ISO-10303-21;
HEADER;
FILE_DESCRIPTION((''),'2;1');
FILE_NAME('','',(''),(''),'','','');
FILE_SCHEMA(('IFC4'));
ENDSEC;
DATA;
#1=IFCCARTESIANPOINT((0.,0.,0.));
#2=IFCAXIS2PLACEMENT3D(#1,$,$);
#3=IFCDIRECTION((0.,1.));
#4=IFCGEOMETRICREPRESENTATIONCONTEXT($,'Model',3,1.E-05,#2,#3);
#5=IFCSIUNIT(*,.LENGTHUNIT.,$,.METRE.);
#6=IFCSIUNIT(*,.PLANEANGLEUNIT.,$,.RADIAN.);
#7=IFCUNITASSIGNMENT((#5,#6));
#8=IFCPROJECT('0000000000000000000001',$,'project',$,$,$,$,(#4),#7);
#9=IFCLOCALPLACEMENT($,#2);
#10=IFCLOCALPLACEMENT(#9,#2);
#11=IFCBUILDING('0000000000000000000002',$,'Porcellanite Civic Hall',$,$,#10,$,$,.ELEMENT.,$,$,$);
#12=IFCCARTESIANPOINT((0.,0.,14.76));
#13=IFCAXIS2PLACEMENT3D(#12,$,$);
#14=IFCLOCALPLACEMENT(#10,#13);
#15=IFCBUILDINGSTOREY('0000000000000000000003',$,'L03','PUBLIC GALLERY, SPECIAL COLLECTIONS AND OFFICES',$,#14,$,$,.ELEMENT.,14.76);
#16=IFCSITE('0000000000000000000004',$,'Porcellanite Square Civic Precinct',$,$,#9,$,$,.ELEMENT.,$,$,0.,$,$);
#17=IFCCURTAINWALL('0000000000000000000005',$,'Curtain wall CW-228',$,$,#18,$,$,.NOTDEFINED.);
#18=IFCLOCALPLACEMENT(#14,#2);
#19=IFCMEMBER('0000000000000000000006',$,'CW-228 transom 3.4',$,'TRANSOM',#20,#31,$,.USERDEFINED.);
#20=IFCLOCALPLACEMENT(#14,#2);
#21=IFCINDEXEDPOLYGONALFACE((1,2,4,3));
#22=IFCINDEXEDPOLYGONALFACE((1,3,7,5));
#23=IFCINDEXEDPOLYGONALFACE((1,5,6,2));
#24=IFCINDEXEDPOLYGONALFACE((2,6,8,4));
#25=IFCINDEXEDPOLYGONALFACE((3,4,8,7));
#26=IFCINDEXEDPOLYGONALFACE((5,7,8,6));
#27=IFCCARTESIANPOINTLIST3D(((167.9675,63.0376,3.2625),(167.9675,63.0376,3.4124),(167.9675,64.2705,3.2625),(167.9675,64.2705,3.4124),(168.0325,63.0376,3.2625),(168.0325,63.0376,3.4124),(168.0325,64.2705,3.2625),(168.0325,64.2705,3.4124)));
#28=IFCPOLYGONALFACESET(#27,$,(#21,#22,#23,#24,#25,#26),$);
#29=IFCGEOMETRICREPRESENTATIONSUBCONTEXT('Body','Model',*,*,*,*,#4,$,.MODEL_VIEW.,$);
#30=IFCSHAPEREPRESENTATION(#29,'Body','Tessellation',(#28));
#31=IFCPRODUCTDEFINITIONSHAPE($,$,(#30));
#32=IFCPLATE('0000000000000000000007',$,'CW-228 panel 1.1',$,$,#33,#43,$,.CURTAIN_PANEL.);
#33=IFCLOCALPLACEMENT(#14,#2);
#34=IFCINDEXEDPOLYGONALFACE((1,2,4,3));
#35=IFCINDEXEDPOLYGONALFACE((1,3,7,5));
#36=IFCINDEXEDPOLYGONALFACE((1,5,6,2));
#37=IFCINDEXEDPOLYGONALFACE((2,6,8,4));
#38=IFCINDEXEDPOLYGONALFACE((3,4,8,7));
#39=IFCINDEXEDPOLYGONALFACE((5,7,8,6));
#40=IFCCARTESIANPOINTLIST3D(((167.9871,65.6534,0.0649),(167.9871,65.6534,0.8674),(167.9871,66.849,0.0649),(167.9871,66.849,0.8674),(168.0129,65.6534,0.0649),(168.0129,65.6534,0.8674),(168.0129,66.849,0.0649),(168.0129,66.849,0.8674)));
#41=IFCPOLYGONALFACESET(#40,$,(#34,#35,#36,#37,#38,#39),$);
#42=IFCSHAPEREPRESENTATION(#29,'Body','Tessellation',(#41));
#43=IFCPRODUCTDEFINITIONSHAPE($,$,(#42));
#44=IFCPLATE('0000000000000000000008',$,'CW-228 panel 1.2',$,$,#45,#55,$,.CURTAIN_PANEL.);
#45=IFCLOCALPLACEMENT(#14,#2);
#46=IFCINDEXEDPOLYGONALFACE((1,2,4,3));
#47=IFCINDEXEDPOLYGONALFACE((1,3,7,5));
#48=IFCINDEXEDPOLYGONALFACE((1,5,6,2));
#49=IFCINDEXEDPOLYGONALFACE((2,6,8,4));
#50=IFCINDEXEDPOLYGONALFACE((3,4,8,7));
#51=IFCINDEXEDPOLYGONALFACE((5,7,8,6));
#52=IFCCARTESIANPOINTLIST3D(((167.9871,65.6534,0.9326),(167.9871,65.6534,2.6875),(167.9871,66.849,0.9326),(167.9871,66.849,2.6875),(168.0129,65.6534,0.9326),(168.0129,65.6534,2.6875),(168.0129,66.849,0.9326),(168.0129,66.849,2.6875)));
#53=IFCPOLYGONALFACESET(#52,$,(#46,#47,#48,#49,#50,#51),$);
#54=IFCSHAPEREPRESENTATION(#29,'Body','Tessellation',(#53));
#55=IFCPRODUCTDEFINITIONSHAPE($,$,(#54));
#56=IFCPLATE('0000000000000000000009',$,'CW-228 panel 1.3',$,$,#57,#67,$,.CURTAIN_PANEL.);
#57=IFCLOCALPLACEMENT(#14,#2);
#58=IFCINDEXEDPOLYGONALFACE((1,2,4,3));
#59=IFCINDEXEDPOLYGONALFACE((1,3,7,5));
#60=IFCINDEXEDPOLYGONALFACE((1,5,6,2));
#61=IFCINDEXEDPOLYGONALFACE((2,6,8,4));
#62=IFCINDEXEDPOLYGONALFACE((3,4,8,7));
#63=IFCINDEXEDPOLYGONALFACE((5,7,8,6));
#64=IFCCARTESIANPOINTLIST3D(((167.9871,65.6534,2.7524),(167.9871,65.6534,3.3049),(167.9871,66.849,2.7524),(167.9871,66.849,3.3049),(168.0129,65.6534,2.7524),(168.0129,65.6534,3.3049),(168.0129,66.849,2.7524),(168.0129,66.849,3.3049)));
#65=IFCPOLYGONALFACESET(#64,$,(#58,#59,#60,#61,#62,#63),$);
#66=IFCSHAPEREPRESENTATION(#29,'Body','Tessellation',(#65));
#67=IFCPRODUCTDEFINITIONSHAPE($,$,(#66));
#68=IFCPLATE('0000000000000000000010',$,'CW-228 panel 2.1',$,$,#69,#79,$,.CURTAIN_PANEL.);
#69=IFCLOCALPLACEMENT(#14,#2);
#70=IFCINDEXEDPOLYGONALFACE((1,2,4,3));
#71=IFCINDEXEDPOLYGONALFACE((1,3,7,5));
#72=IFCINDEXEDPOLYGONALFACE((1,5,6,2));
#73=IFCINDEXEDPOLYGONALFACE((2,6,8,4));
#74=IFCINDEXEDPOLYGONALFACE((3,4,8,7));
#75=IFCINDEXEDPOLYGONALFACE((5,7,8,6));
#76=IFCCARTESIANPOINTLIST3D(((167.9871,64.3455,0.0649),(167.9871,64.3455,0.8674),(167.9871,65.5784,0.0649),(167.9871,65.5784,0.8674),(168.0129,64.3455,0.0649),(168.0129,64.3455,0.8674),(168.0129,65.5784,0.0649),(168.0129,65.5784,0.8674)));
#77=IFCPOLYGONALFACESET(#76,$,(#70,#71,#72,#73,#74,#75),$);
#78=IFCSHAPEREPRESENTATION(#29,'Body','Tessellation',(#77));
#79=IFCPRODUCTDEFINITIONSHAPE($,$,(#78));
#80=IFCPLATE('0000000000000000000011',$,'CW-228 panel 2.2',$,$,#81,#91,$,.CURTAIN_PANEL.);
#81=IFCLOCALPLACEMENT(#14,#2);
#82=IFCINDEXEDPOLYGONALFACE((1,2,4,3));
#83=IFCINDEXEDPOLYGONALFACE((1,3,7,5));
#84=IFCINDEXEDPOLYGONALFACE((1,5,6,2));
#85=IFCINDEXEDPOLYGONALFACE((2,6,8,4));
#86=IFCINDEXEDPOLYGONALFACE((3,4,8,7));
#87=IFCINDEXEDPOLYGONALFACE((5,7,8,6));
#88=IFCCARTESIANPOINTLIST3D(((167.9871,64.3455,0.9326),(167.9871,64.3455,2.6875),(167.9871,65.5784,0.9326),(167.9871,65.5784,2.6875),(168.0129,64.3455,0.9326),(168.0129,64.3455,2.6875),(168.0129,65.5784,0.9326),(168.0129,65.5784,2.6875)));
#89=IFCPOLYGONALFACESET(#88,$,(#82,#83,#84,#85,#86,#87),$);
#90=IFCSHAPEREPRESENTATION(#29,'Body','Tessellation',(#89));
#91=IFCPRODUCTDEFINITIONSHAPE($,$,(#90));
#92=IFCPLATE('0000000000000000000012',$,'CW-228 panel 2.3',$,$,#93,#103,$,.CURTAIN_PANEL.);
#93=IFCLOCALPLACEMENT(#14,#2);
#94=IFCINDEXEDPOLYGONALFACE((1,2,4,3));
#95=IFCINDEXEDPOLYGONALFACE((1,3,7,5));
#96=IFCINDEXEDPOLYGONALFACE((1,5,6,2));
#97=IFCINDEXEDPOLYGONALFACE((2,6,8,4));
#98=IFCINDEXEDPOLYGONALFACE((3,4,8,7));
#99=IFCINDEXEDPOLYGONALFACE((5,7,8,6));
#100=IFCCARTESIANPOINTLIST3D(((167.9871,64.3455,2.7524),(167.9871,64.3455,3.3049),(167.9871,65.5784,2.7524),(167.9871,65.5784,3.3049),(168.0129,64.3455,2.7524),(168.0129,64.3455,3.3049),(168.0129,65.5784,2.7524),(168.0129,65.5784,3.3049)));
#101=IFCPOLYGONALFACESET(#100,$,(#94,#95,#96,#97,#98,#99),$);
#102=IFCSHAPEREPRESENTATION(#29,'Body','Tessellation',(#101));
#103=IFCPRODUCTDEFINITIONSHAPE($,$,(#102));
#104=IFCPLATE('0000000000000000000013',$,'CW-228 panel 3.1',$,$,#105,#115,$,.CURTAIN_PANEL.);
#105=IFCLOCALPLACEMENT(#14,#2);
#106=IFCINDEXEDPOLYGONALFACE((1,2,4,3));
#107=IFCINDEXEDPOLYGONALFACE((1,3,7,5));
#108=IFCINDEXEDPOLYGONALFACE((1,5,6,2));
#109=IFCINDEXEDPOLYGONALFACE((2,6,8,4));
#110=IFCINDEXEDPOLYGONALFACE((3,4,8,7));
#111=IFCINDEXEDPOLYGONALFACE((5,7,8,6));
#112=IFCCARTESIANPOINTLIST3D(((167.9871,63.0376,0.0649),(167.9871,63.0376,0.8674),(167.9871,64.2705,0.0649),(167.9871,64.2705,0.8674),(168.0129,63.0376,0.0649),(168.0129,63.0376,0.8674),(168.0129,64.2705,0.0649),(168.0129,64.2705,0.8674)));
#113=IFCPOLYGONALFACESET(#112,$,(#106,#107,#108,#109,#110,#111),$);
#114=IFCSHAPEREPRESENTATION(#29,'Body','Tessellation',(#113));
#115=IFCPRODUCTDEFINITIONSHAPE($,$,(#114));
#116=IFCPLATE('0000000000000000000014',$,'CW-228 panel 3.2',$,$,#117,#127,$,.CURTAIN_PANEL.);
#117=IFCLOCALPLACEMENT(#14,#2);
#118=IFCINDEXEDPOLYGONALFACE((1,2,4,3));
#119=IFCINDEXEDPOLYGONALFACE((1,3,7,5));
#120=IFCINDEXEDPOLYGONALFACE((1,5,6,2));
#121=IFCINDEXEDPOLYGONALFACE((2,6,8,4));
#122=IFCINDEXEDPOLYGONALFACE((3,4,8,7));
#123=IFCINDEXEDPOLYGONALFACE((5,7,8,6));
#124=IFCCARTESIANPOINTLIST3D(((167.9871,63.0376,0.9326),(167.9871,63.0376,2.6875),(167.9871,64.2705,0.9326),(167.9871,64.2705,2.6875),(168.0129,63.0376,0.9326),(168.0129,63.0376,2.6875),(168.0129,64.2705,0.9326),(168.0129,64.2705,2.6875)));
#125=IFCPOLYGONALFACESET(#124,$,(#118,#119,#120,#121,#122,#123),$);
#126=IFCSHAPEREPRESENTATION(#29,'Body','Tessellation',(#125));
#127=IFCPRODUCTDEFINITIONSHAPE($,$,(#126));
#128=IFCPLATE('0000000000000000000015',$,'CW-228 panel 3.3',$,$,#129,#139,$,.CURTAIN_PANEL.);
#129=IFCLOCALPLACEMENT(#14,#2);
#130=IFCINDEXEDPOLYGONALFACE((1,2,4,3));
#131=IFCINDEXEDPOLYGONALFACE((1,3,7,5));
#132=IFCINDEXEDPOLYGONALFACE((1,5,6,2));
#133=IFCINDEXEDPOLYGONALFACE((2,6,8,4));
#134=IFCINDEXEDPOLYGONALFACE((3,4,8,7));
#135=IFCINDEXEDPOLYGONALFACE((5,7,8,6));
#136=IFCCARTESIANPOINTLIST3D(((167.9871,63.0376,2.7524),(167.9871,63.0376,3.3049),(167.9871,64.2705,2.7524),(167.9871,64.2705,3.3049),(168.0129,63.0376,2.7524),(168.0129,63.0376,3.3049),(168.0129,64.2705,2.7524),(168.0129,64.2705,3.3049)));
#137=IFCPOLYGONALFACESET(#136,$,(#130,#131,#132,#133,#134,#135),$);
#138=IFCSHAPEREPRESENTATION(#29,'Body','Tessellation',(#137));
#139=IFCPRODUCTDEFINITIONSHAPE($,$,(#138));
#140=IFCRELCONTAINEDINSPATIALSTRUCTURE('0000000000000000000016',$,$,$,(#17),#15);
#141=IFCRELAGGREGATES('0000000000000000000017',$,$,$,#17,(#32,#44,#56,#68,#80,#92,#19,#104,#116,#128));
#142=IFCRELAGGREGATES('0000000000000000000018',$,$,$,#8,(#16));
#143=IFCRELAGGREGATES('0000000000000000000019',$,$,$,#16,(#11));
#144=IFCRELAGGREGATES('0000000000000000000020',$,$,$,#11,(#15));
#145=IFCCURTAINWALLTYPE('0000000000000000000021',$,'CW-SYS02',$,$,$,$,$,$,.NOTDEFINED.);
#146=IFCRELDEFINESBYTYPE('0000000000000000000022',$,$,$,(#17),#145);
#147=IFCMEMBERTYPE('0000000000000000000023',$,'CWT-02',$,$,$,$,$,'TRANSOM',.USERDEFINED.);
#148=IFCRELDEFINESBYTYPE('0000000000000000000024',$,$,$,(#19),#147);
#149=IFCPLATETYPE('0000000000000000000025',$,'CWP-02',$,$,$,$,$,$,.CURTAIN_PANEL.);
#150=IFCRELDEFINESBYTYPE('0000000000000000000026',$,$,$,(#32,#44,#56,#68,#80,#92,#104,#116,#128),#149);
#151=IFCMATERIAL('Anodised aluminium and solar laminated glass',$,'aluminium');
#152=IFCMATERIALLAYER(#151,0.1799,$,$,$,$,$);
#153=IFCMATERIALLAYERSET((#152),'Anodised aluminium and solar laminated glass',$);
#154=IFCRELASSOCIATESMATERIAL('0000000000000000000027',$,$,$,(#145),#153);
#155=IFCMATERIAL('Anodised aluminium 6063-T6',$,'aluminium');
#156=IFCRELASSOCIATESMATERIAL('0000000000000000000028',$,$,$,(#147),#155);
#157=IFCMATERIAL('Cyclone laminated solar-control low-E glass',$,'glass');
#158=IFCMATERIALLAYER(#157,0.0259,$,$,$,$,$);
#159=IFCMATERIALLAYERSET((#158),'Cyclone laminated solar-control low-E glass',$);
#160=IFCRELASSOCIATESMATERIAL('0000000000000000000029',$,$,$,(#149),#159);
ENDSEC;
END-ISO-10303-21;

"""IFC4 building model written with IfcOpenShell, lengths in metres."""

from ifc_helpers import new_model, si_unit, direction, frame, origin, origin_2d, place, context, subcontext, project, spatial, rectangle, extrude, material, layer, layer_set, material_profile, profile_set, type_object, element, aggregate, save


model = new_model("IFC4")

# Units and contexts
model_context = context("Model", 3, precision=1e-05, world=origin(), true_north=direction((0.0, 1.0)))
body_context = subcontext(model_context, "Body", "Model", "MODEL_VIEW")
ifc_project = project(units=[si_unit("LENGTHUNIT", "METRE"), si_unit("PLANEANGLEUNIT", "RADIAN")], contexts=[model_context])

# Site, building, storey
site_placement = place(None, origin())
site = spatial("IfcSite", under=ifc_project, at=site_placement, Name="Porcellanite Square Civic Precinct", CompositionType="ELEMENT", RefElevation=0.0)
building_placement = place(site_placement, origin())
building = spatial("IfcBuilding", under=site, at=building_placement, Name="Porcellanite Civic Hall", CompositionType="ELEMENT")
storey_placement = place(building_placement, frame((0.0, 0.0, 14.76)))
storey = spatial("IfcBuildingStorey", under=building, at=storey_placement, Name="L03", Description="PUBLIC GALLERY, SPECIAL COLLECTIONS AND OFFICES", CompositionType="ELEMENT", Elevation=14.76)

# Curtain wall, member, plates
ifc_material_1 = material(Name="Anodised aluminium and solar laminated glass", Category="aluminium")
ifc_layer_1 = layer(ifc_material_1, 0.1799)
ifc_layer_set_1 = layer_set([ifc_layer_1], Name="Anodised aluminium and solar laminated glass")
curtain_wall_type = type_object("IfcCurtainWallType", Name="CW-SYS02", PredefinedType="NOTDEFINED", material=ifc_layer_set_1)
curtain_wall_placement = place(storey_placement, origin())
curtain_wall = element("IfcCurtainWall", 1, at=curtain_wall_placement, inside=storey, type_object=curtain_wall_type, Name="Curtain wall CW-228", PredefinedType="NOTDEFINED")
ifc_material_2 = material(Name="Anodised aluminium 6063-T6", Category="aluminium")
ifc_material_profile_1 = material_profile(ifc_material_2, rectangle(XDim=0.0649, YDim=0.1499, at=origin_2d()), Name="AL-65x150")
ifc_profile_set_1 = profile_set([ifc_material_profile_1], Name="Anodised aluminium 6063-T6")
member_type_1 = type_object("IfcMemberType", Name="CWT-02", ElementType="TRANSOM", PredefinedType="USERDEFINED", material=ifc_profile_set_1)
member_1_placement = place(storey_placement, frame((168.0, 64.2705, 3.3374), z_axis=(0.0, -1.0, 0.0), x_axis=(1.0, 0.0, 0.0)))
member_1 = element("IfcMember", 2, at=member_1_placement, type_object=member_type_1, Name="CW-228 transom 3.4", ObjectType="TRANSOM", PredefinedType="USERDEFINED", context=body_context, shape_type="SweptSolid", body=[
    extrude(rectangle(XDim=0.0649, YDim=0.1499, at=origin_2d()), origin(), (0.0, 0.0, 1.0), 1.2329),
])
ifc_material_3 = material(Name="Cyclone laminated solar-control low-E glass", Category="glass")
ifc_layer_2 = layer(ifc_material_3, 0.0259)
ifc_layer_set_2 = layer_set([ifc_layer_2], Name="Cyclone laminated solar-control low-E glass")
plate_type = type_object("IfcPlateType", Name="CWP-02", PredefinedType="CURTAIN_PANEL", material=ifc_layer_set_2)
plate_1_placement = place(storey_placement, frame((168.0, 66.2512, 0.0649), z_axis=(0.0, 0.0, 1.0), x_axis=(0.0, -1.0, 0.0)))
plate_1 = element("IfcPlate", 3, at=plate_1_placement, type_object=plate_type, Name="CW-228 panel 1.1", PredefinedType="CURTAIN_PANEL", context=body_context, shape_type="SweptSolid", body=[
    extrude(rectangle(XDim=1.1956, YDim=0.0259, at=origin_2d()), origin(), (0.0, 0.0, 1.0), 0.8025),
])
plate_2_placement = place(storey_placement, frame((168.0, 66.2512, 0.9326), z_axis=(0.0, 0.0, 1.0), x_axis=(0.0, -1.0, 0.0)))
plate_2 = element("IfcPlate", 4, at=plate_2_placement, type_object=plate_type, Name="CW-228 panel 1.2", PredefinedType="CURTAIN_PANEL", context=body_context, shape_type="SweptSolid", body=[
    extrude(rectangle(XDim=1.1956, YDim=0.0259, at=origin_2d()), origin(), (0.0, 0.0, 1.0), 1.7549),
])
plate_3_placement = place(storey_placement, frame((168.0, 66.2512, 2.7524), z_axis=(0.0, 0.0, 1.0), x_axis=(0.0, -1.0, 0.0)))
plate_3 = element("IfcPlate", 5, at=plate_3_placement, type_object=plate_type, Name="CW-228 panel 1.3", PredefinedType="CURTAIN_PANEL", context=body_context, shape_type="SweptSolid", body=[
    extrude(rectangle(XDim=1.1956, YDim=0.0259, at=origin_2d()), origin(), (0.0, 0.0, 1.0), 0.5525),
])
plate_4_placement = place(storey_placement, frame((168.0, 64.9619, 0.0649), z_axis=(0.0, 0.0, 1.0), x_axis=(0.0, -1.0, 0.0)))
plate_4 = element("IfcPlate", 6, at=plate_4_placement, type_object=plate_type, Name="CW-228 panel 2.1", PredefinedType="CURTAIN_PANEL", context=body_context, shape_type="SweptSolid", body=[
    extrude(rectangle(XDim=1.2329, YDim=0.0259, at=origin_2d()), origin(), (0.0, 0.0, 1.0), 0.8025),
])
plate_5_placement = place(storey_placement, frame((168.0, 64.9619, 0.9326), z_axis=(0.0, 0.0, 1.0), x_axis=(0.0, -1.0, 0.0)))
plate_5 = element("IfcPlate", 7, at=plate_5_placement, type_object=plate_type, Name="CW-228 panel 2.2", PredefinedType="CURTAIN_PANEL", context=body_context, shape_type="SweptSolid", body=[
    extrude(rectangle(XDim=1.2329, YDim=0.0259, at=origin_2d()), origin(), (0.0, 0.0, 1.0), 1.7549),
])
plate_6_placement = place(storey_placement, frame((168.0, 64.9619, 2.7524), z_axis=(0.0, 0.0, 1.0), x_axis=(0.0, -1.0, 0.0)))
plate_6 = element("IfcPlate", 8, at=plate_6_placement, type_object=plate_type, Name="CW-228 panel 2.3", PredefinedType="CURTAIN_PANEL", context=body_context, shape_type="SweptSolid", body=[
    extrude(rectangle(XDim=1.2329, YDim=0.0259, at=origin_2d()), origin(), (0.0, 0.0, 1.0), 0.5525),
])
plate_7_placement = place(storey_placement, frame((168.0, 63.6541, 0.0649), z_axis=(0.0, 0.0, 1.0), x_axis=(0.0, -1.0, 0.0)))
plate_7 = element("IfcPlate", 9, at=plate_7_placement, type_object=plate_type, Name="CW-228 panel 3.1", PredefinedType="CURTAIN_PANEL", context=body_context, shape_type="SweptSolid", body=[
    extrude(rectangle(XDim=1.2329, YDim=0.0259, at=origin_2d()), origin(), (0.0, 0.0, 1.0), 0.8025),
])
plate_8_placement = place(storey_placement, frame((168.0, 63.6541, 0.9326), z_axis=(0.0, 0.0, 1.0), x_axis=(0.0, -1.0, 0.0)))
plate_8 = element("IfcPlate", 10, at=plate_8_placement, type_object=plate_type, Name="CW-228 panel 3.2", PredefinedType="CURTAIN_PANEL", context=body_context, shape_type="SweptSolid", body=[
    extrude(rectangle(XDim=1.2329, YDim=0.0259, at=origin_2d()), origin(), (0.0, 0.0, 1.0), 1.7549),
])
plate_9_placement = place(storey_placement, frame((168.0, 63.6541, 2.7524), z_axis=(0.0, 0.0, 1.0), x_axis=(0.0, -1.0, 0.0)))
plate_9 = element("IfcPlate", 11, at=plate_9_placement, type_object=plate_type, Name="CW-228 panel 3.3", PredefinedType="CURTAIN_PANEL", context=body_context, shape_type="SweptSolid", body=[
    extrude(rectangle(XDim=1.2329, YDim=0.0259, at=origin_2d()), origin(), (0.0, 0.0, 1.0), 0.5525),
])
aggregate(curtain_wall, [plate_1, plate_2, plate_3, plate_4, plate_5, plate_6, member_1, plate_7, plate_8, plate_9])

save(model, "model.ifc")
